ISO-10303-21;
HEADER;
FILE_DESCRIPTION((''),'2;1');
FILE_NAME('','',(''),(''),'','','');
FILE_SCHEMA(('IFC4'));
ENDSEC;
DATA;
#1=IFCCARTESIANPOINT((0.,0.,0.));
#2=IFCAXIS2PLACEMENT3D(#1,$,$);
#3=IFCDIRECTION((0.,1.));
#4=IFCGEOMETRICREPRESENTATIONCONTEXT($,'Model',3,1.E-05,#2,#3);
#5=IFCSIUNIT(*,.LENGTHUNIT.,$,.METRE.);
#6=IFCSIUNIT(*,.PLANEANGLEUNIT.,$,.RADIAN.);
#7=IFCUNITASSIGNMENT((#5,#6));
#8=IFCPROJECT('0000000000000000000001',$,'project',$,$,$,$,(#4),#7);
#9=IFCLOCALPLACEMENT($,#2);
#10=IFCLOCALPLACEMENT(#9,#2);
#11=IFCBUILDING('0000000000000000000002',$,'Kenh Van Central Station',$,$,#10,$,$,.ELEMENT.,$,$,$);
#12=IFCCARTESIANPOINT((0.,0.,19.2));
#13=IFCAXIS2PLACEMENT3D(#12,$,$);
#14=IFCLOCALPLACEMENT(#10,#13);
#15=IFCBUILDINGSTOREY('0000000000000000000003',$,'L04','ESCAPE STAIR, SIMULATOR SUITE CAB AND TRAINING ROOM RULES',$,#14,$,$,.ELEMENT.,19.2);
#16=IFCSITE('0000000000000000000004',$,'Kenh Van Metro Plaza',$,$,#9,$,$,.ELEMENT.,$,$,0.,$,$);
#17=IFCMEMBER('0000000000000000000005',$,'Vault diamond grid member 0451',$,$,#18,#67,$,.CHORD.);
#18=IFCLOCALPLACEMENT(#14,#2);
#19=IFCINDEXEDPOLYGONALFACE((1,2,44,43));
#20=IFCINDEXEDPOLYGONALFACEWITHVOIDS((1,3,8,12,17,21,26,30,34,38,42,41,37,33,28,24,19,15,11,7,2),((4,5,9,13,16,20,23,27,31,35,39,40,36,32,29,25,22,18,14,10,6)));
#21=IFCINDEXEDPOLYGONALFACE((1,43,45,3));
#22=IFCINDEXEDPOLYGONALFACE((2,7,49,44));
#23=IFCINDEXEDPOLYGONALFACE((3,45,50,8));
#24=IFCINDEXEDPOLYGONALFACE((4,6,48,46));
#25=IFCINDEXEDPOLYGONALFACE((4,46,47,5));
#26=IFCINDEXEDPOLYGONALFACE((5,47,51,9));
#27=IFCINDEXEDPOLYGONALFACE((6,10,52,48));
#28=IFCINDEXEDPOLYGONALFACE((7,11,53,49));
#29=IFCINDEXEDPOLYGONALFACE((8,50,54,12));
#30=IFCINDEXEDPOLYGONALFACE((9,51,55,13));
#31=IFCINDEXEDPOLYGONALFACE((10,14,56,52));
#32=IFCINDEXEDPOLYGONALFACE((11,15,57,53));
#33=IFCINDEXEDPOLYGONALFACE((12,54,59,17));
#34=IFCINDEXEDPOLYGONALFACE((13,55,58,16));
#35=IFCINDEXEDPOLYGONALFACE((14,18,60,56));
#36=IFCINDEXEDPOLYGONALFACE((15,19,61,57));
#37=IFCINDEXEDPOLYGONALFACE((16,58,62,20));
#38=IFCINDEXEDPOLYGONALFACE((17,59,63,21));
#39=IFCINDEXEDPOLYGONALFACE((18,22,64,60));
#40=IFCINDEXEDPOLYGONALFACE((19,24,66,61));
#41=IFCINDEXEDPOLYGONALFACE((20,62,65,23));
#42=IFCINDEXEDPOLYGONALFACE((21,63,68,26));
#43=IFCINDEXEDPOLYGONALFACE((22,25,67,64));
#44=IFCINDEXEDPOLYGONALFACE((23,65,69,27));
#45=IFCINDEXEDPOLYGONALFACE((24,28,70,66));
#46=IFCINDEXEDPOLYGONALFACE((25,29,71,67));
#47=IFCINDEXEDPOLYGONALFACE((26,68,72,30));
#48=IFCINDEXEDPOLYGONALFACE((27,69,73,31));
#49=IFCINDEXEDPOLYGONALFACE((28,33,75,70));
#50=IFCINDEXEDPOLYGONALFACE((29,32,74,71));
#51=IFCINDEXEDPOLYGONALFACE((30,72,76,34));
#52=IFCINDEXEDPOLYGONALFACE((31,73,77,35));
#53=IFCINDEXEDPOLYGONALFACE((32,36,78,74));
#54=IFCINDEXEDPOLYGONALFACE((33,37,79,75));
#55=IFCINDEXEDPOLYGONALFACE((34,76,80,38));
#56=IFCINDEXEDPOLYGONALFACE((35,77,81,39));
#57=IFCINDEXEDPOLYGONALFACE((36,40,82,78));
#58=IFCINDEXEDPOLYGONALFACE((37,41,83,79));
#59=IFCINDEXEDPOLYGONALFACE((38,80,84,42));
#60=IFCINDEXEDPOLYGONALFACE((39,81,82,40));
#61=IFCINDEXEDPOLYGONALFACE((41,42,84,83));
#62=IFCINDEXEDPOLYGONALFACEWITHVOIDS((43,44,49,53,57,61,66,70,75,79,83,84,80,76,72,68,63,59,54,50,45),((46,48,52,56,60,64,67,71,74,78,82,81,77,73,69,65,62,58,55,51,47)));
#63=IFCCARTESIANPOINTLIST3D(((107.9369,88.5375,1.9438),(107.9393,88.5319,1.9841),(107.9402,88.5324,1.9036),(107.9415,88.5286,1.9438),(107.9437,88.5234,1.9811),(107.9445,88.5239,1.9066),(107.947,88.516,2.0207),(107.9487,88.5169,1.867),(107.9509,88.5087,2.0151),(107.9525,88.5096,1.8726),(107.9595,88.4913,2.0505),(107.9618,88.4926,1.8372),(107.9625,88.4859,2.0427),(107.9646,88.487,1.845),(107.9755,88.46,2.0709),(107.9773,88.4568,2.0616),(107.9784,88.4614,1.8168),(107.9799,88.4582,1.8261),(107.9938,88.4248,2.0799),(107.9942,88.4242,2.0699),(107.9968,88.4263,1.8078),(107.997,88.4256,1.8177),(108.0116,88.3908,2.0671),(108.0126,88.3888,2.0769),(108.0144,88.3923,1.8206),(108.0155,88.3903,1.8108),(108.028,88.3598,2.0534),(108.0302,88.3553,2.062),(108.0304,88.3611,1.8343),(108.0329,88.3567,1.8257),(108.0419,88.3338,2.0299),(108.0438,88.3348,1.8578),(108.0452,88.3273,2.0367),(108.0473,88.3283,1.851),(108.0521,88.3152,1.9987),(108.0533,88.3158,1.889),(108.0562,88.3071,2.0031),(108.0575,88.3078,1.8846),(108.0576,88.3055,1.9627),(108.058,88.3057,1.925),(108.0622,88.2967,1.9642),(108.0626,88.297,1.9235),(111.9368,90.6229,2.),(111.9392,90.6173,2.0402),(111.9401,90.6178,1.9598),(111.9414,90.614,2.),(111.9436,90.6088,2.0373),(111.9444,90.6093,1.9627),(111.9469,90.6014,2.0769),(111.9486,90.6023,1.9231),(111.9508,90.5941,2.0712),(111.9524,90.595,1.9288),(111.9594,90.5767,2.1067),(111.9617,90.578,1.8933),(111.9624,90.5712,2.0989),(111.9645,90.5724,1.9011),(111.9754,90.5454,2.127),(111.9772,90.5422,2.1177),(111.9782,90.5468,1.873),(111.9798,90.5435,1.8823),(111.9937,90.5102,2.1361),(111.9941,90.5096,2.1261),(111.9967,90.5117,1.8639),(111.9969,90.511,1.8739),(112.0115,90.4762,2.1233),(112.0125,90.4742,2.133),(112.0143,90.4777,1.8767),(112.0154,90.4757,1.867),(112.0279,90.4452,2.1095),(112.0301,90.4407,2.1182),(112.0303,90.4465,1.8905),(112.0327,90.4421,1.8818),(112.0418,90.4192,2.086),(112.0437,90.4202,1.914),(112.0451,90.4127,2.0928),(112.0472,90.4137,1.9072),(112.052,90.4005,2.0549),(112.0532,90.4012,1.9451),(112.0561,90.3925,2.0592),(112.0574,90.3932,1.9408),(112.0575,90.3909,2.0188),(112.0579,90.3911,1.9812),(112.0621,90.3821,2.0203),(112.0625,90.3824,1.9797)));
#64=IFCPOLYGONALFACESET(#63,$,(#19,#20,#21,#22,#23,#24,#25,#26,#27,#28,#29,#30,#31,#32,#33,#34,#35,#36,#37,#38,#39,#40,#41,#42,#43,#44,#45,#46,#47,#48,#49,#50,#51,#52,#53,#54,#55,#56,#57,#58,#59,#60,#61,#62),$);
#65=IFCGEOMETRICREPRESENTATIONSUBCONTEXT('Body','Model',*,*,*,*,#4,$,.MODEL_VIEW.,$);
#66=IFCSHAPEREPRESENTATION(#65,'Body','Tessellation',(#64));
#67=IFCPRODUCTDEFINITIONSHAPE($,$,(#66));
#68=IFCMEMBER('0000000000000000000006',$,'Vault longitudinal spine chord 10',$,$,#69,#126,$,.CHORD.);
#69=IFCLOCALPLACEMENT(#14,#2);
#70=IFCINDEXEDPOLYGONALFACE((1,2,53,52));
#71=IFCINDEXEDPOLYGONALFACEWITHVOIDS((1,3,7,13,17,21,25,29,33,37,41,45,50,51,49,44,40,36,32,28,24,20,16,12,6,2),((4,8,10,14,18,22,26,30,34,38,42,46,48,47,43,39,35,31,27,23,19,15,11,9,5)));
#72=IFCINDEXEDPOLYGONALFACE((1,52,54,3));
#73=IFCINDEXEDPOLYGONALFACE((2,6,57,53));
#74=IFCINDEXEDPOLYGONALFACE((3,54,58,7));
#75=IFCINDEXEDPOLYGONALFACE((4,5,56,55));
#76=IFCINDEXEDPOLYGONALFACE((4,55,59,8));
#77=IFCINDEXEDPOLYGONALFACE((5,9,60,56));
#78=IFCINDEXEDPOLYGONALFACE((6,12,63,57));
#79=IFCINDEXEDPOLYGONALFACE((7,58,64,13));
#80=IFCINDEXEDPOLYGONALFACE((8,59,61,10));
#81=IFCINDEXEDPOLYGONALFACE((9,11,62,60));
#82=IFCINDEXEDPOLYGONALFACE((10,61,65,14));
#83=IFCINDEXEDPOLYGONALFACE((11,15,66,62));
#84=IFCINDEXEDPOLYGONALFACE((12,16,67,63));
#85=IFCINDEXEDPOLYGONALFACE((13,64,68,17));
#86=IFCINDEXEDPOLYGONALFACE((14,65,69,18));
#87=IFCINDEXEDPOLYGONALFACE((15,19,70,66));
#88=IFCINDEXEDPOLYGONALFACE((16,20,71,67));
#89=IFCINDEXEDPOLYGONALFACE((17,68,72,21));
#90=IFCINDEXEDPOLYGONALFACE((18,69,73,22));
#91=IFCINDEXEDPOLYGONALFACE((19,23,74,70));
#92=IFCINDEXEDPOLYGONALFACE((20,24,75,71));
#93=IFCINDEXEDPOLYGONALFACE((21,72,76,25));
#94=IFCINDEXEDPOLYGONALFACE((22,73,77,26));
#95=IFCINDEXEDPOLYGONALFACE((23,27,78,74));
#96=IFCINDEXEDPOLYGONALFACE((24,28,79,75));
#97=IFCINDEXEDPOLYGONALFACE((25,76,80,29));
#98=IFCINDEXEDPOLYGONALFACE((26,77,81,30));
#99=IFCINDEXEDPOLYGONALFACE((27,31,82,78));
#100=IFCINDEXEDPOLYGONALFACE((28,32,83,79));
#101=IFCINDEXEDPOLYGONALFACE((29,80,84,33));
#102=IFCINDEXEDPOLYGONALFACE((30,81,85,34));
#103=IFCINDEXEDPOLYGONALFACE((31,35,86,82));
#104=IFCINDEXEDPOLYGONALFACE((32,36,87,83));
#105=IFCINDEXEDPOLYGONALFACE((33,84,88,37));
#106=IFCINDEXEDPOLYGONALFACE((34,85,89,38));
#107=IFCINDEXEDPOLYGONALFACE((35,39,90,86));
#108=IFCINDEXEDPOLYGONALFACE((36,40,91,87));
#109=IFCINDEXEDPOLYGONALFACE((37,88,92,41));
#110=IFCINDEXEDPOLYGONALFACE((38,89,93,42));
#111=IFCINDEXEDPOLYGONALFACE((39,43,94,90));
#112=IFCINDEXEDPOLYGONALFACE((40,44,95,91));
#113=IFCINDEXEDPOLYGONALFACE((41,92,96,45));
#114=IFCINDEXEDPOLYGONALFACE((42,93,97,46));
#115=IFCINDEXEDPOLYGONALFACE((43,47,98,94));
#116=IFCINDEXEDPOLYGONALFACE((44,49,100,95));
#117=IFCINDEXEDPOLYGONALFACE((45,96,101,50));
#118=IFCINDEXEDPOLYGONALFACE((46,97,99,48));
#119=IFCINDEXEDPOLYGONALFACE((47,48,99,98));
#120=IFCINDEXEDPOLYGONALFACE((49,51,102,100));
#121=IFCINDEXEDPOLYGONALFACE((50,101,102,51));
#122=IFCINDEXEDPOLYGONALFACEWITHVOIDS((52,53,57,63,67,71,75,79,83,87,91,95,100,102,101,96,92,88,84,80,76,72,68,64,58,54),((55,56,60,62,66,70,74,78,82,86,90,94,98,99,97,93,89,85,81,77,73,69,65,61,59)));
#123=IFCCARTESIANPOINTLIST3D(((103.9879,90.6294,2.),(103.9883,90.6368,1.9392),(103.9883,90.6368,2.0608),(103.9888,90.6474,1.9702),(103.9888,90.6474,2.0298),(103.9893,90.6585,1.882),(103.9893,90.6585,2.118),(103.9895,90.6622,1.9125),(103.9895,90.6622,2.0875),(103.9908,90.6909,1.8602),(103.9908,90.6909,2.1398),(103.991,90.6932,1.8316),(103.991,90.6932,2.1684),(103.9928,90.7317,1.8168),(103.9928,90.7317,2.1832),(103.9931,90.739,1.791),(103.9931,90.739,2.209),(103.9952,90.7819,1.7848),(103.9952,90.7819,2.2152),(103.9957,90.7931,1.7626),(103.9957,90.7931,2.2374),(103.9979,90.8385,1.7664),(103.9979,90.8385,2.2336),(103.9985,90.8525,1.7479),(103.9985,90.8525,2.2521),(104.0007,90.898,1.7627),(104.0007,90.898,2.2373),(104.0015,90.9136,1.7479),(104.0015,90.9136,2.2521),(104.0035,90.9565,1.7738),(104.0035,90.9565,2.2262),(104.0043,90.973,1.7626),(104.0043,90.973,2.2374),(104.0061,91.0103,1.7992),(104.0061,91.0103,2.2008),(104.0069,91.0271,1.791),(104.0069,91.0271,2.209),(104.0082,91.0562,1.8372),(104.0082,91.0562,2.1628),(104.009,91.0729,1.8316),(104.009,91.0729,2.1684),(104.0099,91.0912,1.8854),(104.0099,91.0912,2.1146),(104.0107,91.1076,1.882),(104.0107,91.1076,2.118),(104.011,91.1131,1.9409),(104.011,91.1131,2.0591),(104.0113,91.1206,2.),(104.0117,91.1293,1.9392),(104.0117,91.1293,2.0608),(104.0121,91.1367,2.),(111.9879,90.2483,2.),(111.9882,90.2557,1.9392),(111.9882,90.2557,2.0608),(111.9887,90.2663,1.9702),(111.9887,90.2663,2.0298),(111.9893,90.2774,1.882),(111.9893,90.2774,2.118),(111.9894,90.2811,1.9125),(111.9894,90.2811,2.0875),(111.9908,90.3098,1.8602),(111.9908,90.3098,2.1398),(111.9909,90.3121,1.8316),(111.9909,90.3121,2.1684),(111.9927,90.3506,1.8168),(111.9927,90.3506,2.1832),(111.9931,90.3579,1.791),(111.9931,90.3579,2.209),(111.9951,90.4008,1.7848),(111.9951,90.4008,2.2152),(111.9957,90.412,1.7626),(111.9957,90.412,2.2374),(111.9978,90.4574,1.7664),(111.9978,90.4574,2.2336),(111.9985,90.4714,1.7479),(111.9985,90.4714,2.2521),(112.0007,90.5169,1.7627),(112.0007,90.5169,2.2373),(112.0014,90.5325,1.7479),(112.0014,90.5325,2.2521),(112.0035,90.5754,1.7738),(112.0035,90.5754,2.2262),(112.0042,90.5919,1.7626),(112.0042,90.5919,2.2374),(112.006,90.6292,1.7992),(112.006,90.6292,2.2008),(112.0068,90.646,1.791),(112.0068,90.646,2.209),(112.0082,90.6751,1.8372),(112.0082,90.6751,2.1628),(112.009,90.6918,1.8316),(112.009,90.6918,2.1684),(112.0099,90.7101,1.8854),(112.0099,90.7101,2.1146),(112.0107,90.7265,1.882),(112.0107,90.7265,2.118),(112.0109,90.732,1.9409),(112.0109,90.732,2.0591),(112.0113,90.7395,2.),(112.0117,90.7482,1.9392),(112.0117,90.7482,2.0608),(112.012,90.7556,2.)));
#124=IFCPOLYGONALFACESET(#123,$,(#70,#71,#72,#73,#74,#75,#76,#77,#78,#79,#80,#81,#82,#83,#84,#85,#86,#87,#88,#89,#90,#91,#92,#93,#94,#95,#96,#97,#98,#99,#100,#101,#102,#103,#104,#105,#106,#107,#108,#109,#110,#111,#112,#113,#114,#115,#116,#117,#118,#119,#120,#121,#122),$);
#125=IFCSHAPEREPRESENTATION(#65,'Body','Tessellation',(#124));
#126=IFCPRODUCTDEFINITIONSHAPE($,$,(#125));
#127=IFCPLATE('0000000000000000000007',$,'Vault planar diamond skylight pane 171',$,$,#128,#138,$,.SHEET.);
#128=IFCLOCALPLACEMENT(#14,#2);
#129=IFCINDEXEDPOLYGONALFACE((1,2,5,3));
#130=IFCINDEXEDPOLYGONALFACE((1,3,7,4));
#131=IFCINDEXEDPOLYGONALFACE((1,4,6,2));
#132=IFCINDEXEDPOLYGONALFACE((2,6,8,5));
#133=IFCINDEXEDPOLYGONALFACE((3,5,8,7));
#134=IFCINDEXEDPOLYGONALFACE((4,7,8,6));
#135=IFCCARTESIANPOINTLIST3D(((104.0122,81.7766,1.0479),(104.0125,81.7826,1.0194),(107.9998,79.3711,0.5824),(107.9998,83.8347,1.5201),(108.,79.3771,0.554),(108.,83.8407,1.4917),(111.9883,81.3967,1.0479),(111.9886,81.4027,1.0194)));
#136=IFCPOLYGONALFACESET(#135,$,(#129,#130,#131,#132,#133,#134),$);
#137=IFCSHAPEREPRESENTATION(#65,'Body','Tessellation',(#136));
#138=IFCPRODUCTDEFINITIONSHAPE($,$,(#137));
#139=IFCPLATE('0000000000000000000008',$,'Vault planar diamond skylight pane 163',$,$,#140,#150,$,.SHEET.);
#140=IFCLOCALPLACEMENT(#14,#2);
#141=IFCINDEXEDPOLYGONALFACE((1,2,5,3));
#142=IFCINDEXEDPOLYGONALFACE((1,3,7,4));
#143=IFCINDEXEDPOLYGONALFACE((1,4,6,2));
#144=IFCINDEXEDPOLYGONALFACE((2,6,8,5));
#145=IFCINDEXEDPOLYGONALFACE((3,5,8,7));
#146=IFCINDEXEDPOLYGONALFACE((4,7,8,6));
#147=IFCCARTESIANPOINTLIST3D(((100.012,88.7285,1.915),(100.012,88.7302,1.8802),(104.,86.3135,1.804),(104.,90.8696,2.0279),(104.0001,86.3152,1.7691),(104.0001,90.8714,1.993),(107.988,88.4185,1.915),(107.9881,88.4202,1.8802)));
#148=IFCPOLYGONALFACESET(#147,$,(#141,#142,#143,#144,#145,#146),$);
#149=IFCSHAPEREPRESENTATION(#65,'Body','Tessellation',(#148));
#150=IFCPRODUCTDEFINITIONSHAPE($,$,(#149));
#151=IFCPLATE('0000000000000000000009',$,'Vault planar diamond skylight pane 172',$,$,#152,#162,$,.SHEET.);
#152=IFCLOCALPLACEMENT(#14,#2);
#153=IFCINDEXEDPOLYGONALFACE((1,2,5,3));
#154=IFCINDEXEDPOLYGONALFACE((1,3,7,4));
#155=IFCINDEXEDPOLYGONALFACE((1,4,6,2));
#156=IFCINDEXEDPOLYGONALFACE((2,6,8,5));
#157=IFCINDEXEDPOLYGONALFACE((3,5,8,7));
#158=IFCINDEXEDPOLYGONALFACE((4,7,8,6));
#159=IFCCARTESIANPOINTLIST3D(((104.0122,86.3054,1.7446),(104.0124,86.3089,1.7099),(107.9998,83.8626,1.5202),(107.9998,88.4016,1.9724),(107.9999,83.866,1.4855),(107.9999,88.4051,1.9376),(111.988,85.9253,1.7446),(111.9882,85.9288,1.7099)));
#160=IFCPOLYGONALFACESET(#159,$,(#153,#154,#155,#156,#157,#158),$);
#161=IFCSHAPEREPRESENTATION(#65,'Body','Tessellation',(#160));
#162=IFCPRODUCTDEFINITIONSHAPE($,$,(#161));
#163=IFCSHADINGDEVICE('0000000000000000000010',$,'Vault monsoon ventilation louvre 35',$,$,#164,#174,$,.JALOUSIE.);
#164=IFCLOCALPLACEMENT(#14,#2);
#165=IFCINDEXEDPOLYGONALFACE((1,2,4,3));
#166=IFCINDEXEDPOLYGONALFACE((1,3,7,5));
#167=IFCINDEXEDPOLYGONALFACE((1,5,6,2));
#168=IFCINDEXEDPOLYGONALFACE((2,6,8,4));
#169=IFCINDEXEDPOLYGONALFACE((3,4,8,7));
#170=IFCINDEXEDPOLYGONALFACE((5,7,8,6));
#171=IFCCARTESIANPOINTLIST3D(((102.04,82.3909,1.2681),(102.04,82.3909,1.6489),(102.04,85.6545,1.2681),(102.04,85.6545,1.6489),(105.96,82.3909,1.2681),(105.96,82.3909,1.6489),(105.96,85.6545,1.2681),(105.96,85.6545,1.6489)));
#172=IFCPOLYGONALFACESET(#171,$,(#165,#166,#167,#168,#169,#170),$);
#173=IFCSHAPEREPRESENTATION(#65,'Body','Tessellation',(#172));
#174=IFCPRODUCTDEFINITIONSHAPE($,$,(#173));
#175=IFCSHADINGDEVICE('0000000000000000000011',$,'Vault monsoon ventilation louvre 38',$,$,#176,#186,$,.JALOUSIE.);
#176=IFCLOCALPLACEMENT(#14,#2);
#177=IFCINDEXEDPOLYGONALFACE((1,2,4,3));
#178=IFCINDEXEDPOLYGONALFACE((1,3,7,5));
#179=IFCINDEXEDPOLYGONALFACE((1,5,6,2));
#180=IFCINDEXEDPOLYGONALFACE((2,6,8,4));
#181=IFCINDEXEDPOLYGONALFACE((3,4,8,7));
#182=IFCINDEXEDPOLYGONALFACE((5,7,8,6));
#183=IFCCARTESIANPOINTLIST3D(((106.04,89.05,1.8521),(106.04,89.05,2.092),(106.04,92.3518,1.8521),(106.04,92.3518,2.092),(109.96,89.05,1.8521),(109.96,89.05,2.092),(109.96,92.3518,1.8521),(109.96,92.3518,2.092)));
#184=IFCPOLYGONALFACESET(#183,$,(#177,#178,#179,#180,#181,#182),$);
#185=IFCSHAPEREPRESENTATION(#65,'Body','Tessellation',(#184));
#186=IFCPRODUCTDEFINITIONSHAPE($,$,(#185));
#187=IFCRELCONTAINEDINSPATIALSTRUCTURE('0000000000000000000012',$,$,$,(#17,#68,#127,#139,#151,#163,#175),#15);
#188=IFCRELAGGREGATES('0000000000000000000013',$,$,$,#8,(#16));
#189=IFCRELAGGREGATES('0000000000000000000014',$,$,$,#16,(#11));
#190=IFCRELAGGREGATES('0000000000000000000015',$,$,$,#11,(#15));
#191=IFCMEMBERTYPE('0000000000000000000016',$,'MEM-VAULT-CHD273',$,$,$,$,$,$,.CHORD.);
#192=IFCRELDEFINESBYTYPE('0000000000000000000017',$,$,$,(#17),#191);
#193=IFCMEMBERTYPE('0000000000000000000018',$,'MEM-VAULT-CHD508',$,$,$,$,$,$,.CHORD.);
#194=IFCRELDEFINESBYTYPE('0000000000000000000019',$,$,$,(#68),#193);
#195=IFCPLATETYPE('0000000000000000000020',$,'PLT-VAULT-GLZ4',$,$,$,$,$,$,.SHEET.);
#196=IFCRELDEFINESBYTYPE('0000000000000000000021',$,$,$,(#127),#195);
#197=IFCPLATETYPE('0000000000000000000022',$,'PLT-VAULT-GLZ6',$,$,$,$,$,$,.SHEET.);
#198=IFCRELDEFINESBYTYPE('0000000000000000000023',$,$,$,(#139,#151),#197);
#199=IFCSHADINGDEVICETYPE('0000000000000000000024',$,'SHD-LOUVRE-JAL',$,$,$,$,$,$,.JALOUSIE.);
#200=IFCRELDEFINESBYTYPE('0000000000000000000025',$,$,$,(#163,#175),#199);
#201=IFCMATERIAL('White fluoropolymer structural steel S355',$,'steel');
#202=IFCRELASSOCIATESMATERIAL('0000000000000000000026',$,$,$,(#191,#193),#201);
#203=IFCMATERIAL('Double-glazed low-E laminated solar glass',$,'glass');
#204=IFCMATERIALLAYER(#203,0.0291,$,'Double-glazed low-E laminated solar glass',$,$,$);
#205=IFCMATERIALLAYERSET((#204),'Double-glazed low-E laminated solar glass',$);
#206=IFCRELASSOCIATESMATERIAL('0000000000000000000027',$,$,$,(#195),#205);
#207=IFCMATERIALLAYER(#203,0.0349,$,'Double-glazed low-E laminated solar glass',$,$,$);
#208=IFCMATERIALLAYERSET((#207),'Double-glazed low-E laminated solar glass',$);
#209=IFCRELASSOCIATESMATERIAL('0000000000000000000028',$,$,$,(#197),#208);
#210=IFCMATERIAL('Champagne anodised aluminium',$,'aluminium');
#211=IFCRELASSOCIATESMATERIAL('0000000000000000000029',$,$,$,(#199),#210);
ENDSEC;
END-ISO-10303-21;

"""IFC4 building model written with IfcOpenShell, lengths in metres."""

from ifc_helpers import new_model, si_unit, direction, frame, origin, origin_2d, place, context, subcontext, project, spatial, polyline, rectangle, hollow_circle, outline, extrude, material, layer, layer_set, material_profile, profile_set, type_object, element, save


model = new_model("IFC4")

# Units and contexts
model_context = context("Model", 3, precision=1e-05, world=origin(), true_north=direction((0.0, 1.0)))
body_context = subcontext(model_context, "Body", "Model", "MODEL_VIEW")
ifc_project = project(units=[si_unit("LENGTHUNIT", "METRE"), si_unit("PLANEANGLEUNIT", "RADIAN")], contexts=[model_context])

# Site, building, storey
site_placement = place(None, origin())
site = spatial("IfcSite", under=ifc_project, at=site_placement, Name="Kenh Van Metro Plaza", CompositionType="ELEMENT", RefElevation=0.0)
building_placement = place(site_placement, origin())
building = spatial("IfcBuilding", under=site, at=building_placement, Name="Kenh Van Central Station", CompositionType="ELEMENT")
storey_placement = place(building_placement, frame((0.0, 0.0, 19.2)))
storey = spatial("IfcBuildingStorey", under=building, at=storey_placement, Name="L04", Description="ESCAPE STAIR, SIMULATOR SUITE CAB AND TRAINING ROOM RULES", CompositionType="ELEMENT", Elevation=19.2)

# Shared definitions
ifc_material_1 = material(Name="White fluoropolymer structural steel S355", Category="steel")

# Members
ifc_material_profile_1 = material_profile(ifc_material_1, hollow_circle(Radius=0.1365, WallThickness=0.01, at=origin_2d()), Name="CHS 273x10")
ifc_profile_set_1 = profile_set([ifc_material_profile_1], Name="White fluoropolymer structural steel S355")
member_type_1 = type_object("IfcMemberType", Name="MEM-VAULT-CHD273", PredefinedType="CHORD", material=ifc_profile_set_1)
member_1_placement = place(storey_placement, frame((108.0, 88.4165, 1.9438), z_axis=(0.886653, 0.462268, 0.012447), x_axis=(-0.462303, 0.886722, 0.0)))
element("IfcMember", 1, at=member_1_placement, inside=storey, type_object=member_type_1, Name="Vault diamond grid member 0451", PredefinedType="CHORD", context=body_context, shape_type="SweptSolid", body=[
    extrude(hollow_circle(Radius=0.1365, WallThickness=0.01, at=origin_2d()), origin(), (0.0, 0.0, 1.0), 4.5112),
])
ifc_material_profile_2 = material_profile(ifc_material_1, hollow_circle(Radius=0.2539, WallThickness=0.0161, at=origin_2d()), Name="CHS 508x16")
ifc_profile_set_2 = profile_set([ifc_material_profile_2], Name="White fluoropolymer structural steel S355")
member_type_2 = type_object("IfcMemberType", Name="MEM-VAULT-CHD508", PredefinedType="CHORD", material=ifc_profile_set_2)
member_2_placement = place(storey_placement, frame((104.0, 90.8831, 2.0), z_axis=(0.998867, -0.047584, 0.0), x_axis=(0.047584, 0.998867, 0.0)))
element("IfcMember", 2, at=member_2_placement, inside=storey, type_object=member_type_2, Name="Vault longitudinal spine chord 10", PredefinedType="CHORD", context=body_context, shape_type="SweptSolid", body=[
    extrude(hollow_circle(Radius=0.2539, WallThickness=0.0161, at=origin_2d()), origin(), (0.0, 0.0, 1.0), 8.009),
])

# Plates
ifc_material_2 = material(Name="Double-glazed low-E laminated solar glass", Category="glass")
ifc_layer_1 = layer(ifc_material_2, 0.0291, Name="Double-glazed low-E laminated solar glass")
ifc_layer_set_1 = layer_set([ifc_layer_1], Name="Double-glazed low-E laminated solar glass")
plate_type_1 = type_object("IfcPlateType", Name="PLT-VAULT-GLZ4", PredefinedType="SHEET", material=ifc_layer_set_1)
plate_1_placement = place(storey_placement, frame((104.0122, 81.7766, 1.0479), z_axis=(-0.009792, -0.205588, 0.97859), x_axis=(0.852017, -0.51398, -0.099455)))
element("IfcPlate", 3, at=plate_1_placement, inside=storey, type_object=plate_type_1, Name="Vault planar diamond skylight pane 171", PredefinedType="SHEET", context=body_context, shape_type="SweptSolid", body=[
    extrude(outline(polyline([(0.0, 0.0), (4.6801, 0.0), (6.991, 3.8585), (2.2927, 3.8863), (0.0, 0.0)])), origin(), (0.0, 0.0, -1.0), 0.0291),
])
ifc_layer_2 = layer(ifc_material_2, 0.0349, Name="Double-glazed low-E laminated solar glass")
ifc_layer_set_2 = layer_set([ifc_layer_2], Name="Double-glazed low-E laminated solar glass")
plate_type_2 = type_object("IfcPlateType", Name="PLT-VAULT-GLZ6", PredefinedType="SHEET", material=ifc_layer_set_2)
plate_2_placement = place(storey_placement, frame((100.012, 88.7285, 1.915), z_axis=(-0.001908, -0.049078, 0.998793), x_axis=(0.855142, -0.517847, -0.023812)))
element("IfcPlate", 4, at=plate_2_placement, inside=storey, type_object=plate_type_2, Name="Vault planar diamond skylight pane 163", PredefinedType="SHEET", context=body_context, shape_type="SweptSolid", body=[
    extrude(outline(polyline([(0.0, 0.0), (4.6636, 0.0), (6.9812, 3.8699), (2.2989, 3.9009), (0.0, 0.0)])), origin(), (0.0, 0.0, -1.0), 0.0349),
])
plate_3_placement = place(storey_placement, frame((104.0122, 86.3054, 1.7446), z_axis=(-0.004724, -0.099121, 0.995064), x_axis=(0.851727, -0.521788, -0.047933)))
element("IfcPlate", 5, at=plate_3_placement, inside=storey, type_object=plate_type_2, Name="Vault planar diamond skylight pane 172", PredefinedType="SHEET", context=body_context, shape_type="SweptSolid", body=[
    extrude(outline(polyline([(0.0, 0.0), (4.6817, 0.0), (6.9916, 3.857), (2.2916, 3.8852), (0.0, 0.0)])), origin(), (0.0, 0.0, -1.0), 0.0349),
])

# Shading devices
ifc_material_3 = material(Name="Champagne anodised aluminium", Category="aluminium")
shading_device_type = type_object("IfcShadingDeviceType", Name="SHD-LOUVRE-JAL", PredefinedType="JALOUSIE", material=ifc_material_3)
shading_device_1_placement = place(storey_placement, frame((104.0, 84.0227, 1.2681), z_axis=(0.0, 0.0, 1.0), x_axis=(1.0, 0.0, 0.0)))
element("IfcShadingDevice", 6, at=shading_device_1_placement, inside=storey, type_object=shading_device_type, Name="Vault monsoon ventilation louvre 35", PredefinedType="JALOUSIE", context=body_context, shape_type="SweptSolid", body=[
    extrude(rectangle(XDim=3.9199, YDim=3.2637, at=origin_2d()), origin(), (0.0, 0.0, 1.0), 0.3809),
])
shading_device_2_placement = place(storey_placement, frame((108.0, 90.7009, 1.8521), z_axis=(0.0, 0.0, 1.0), x_axis=(1.0, 0.0, 0.0)))
element("IfcShadingDevice", 7, at=shading_device_2_placement, inside=storey, type_object=shading_device_type, Name="Vault monsoon ventilation louvre 38", PredefinedType="JALOUSIE", context=body_context, shape_type="SweptSolid", body=[
    extrude(rectangle(XDim=3.9199, YDim=3.3018, at=origin_2d()), origin(), (0.0, 0.0, 1.0), 0.24),
])

save(model, "model.ifc")
